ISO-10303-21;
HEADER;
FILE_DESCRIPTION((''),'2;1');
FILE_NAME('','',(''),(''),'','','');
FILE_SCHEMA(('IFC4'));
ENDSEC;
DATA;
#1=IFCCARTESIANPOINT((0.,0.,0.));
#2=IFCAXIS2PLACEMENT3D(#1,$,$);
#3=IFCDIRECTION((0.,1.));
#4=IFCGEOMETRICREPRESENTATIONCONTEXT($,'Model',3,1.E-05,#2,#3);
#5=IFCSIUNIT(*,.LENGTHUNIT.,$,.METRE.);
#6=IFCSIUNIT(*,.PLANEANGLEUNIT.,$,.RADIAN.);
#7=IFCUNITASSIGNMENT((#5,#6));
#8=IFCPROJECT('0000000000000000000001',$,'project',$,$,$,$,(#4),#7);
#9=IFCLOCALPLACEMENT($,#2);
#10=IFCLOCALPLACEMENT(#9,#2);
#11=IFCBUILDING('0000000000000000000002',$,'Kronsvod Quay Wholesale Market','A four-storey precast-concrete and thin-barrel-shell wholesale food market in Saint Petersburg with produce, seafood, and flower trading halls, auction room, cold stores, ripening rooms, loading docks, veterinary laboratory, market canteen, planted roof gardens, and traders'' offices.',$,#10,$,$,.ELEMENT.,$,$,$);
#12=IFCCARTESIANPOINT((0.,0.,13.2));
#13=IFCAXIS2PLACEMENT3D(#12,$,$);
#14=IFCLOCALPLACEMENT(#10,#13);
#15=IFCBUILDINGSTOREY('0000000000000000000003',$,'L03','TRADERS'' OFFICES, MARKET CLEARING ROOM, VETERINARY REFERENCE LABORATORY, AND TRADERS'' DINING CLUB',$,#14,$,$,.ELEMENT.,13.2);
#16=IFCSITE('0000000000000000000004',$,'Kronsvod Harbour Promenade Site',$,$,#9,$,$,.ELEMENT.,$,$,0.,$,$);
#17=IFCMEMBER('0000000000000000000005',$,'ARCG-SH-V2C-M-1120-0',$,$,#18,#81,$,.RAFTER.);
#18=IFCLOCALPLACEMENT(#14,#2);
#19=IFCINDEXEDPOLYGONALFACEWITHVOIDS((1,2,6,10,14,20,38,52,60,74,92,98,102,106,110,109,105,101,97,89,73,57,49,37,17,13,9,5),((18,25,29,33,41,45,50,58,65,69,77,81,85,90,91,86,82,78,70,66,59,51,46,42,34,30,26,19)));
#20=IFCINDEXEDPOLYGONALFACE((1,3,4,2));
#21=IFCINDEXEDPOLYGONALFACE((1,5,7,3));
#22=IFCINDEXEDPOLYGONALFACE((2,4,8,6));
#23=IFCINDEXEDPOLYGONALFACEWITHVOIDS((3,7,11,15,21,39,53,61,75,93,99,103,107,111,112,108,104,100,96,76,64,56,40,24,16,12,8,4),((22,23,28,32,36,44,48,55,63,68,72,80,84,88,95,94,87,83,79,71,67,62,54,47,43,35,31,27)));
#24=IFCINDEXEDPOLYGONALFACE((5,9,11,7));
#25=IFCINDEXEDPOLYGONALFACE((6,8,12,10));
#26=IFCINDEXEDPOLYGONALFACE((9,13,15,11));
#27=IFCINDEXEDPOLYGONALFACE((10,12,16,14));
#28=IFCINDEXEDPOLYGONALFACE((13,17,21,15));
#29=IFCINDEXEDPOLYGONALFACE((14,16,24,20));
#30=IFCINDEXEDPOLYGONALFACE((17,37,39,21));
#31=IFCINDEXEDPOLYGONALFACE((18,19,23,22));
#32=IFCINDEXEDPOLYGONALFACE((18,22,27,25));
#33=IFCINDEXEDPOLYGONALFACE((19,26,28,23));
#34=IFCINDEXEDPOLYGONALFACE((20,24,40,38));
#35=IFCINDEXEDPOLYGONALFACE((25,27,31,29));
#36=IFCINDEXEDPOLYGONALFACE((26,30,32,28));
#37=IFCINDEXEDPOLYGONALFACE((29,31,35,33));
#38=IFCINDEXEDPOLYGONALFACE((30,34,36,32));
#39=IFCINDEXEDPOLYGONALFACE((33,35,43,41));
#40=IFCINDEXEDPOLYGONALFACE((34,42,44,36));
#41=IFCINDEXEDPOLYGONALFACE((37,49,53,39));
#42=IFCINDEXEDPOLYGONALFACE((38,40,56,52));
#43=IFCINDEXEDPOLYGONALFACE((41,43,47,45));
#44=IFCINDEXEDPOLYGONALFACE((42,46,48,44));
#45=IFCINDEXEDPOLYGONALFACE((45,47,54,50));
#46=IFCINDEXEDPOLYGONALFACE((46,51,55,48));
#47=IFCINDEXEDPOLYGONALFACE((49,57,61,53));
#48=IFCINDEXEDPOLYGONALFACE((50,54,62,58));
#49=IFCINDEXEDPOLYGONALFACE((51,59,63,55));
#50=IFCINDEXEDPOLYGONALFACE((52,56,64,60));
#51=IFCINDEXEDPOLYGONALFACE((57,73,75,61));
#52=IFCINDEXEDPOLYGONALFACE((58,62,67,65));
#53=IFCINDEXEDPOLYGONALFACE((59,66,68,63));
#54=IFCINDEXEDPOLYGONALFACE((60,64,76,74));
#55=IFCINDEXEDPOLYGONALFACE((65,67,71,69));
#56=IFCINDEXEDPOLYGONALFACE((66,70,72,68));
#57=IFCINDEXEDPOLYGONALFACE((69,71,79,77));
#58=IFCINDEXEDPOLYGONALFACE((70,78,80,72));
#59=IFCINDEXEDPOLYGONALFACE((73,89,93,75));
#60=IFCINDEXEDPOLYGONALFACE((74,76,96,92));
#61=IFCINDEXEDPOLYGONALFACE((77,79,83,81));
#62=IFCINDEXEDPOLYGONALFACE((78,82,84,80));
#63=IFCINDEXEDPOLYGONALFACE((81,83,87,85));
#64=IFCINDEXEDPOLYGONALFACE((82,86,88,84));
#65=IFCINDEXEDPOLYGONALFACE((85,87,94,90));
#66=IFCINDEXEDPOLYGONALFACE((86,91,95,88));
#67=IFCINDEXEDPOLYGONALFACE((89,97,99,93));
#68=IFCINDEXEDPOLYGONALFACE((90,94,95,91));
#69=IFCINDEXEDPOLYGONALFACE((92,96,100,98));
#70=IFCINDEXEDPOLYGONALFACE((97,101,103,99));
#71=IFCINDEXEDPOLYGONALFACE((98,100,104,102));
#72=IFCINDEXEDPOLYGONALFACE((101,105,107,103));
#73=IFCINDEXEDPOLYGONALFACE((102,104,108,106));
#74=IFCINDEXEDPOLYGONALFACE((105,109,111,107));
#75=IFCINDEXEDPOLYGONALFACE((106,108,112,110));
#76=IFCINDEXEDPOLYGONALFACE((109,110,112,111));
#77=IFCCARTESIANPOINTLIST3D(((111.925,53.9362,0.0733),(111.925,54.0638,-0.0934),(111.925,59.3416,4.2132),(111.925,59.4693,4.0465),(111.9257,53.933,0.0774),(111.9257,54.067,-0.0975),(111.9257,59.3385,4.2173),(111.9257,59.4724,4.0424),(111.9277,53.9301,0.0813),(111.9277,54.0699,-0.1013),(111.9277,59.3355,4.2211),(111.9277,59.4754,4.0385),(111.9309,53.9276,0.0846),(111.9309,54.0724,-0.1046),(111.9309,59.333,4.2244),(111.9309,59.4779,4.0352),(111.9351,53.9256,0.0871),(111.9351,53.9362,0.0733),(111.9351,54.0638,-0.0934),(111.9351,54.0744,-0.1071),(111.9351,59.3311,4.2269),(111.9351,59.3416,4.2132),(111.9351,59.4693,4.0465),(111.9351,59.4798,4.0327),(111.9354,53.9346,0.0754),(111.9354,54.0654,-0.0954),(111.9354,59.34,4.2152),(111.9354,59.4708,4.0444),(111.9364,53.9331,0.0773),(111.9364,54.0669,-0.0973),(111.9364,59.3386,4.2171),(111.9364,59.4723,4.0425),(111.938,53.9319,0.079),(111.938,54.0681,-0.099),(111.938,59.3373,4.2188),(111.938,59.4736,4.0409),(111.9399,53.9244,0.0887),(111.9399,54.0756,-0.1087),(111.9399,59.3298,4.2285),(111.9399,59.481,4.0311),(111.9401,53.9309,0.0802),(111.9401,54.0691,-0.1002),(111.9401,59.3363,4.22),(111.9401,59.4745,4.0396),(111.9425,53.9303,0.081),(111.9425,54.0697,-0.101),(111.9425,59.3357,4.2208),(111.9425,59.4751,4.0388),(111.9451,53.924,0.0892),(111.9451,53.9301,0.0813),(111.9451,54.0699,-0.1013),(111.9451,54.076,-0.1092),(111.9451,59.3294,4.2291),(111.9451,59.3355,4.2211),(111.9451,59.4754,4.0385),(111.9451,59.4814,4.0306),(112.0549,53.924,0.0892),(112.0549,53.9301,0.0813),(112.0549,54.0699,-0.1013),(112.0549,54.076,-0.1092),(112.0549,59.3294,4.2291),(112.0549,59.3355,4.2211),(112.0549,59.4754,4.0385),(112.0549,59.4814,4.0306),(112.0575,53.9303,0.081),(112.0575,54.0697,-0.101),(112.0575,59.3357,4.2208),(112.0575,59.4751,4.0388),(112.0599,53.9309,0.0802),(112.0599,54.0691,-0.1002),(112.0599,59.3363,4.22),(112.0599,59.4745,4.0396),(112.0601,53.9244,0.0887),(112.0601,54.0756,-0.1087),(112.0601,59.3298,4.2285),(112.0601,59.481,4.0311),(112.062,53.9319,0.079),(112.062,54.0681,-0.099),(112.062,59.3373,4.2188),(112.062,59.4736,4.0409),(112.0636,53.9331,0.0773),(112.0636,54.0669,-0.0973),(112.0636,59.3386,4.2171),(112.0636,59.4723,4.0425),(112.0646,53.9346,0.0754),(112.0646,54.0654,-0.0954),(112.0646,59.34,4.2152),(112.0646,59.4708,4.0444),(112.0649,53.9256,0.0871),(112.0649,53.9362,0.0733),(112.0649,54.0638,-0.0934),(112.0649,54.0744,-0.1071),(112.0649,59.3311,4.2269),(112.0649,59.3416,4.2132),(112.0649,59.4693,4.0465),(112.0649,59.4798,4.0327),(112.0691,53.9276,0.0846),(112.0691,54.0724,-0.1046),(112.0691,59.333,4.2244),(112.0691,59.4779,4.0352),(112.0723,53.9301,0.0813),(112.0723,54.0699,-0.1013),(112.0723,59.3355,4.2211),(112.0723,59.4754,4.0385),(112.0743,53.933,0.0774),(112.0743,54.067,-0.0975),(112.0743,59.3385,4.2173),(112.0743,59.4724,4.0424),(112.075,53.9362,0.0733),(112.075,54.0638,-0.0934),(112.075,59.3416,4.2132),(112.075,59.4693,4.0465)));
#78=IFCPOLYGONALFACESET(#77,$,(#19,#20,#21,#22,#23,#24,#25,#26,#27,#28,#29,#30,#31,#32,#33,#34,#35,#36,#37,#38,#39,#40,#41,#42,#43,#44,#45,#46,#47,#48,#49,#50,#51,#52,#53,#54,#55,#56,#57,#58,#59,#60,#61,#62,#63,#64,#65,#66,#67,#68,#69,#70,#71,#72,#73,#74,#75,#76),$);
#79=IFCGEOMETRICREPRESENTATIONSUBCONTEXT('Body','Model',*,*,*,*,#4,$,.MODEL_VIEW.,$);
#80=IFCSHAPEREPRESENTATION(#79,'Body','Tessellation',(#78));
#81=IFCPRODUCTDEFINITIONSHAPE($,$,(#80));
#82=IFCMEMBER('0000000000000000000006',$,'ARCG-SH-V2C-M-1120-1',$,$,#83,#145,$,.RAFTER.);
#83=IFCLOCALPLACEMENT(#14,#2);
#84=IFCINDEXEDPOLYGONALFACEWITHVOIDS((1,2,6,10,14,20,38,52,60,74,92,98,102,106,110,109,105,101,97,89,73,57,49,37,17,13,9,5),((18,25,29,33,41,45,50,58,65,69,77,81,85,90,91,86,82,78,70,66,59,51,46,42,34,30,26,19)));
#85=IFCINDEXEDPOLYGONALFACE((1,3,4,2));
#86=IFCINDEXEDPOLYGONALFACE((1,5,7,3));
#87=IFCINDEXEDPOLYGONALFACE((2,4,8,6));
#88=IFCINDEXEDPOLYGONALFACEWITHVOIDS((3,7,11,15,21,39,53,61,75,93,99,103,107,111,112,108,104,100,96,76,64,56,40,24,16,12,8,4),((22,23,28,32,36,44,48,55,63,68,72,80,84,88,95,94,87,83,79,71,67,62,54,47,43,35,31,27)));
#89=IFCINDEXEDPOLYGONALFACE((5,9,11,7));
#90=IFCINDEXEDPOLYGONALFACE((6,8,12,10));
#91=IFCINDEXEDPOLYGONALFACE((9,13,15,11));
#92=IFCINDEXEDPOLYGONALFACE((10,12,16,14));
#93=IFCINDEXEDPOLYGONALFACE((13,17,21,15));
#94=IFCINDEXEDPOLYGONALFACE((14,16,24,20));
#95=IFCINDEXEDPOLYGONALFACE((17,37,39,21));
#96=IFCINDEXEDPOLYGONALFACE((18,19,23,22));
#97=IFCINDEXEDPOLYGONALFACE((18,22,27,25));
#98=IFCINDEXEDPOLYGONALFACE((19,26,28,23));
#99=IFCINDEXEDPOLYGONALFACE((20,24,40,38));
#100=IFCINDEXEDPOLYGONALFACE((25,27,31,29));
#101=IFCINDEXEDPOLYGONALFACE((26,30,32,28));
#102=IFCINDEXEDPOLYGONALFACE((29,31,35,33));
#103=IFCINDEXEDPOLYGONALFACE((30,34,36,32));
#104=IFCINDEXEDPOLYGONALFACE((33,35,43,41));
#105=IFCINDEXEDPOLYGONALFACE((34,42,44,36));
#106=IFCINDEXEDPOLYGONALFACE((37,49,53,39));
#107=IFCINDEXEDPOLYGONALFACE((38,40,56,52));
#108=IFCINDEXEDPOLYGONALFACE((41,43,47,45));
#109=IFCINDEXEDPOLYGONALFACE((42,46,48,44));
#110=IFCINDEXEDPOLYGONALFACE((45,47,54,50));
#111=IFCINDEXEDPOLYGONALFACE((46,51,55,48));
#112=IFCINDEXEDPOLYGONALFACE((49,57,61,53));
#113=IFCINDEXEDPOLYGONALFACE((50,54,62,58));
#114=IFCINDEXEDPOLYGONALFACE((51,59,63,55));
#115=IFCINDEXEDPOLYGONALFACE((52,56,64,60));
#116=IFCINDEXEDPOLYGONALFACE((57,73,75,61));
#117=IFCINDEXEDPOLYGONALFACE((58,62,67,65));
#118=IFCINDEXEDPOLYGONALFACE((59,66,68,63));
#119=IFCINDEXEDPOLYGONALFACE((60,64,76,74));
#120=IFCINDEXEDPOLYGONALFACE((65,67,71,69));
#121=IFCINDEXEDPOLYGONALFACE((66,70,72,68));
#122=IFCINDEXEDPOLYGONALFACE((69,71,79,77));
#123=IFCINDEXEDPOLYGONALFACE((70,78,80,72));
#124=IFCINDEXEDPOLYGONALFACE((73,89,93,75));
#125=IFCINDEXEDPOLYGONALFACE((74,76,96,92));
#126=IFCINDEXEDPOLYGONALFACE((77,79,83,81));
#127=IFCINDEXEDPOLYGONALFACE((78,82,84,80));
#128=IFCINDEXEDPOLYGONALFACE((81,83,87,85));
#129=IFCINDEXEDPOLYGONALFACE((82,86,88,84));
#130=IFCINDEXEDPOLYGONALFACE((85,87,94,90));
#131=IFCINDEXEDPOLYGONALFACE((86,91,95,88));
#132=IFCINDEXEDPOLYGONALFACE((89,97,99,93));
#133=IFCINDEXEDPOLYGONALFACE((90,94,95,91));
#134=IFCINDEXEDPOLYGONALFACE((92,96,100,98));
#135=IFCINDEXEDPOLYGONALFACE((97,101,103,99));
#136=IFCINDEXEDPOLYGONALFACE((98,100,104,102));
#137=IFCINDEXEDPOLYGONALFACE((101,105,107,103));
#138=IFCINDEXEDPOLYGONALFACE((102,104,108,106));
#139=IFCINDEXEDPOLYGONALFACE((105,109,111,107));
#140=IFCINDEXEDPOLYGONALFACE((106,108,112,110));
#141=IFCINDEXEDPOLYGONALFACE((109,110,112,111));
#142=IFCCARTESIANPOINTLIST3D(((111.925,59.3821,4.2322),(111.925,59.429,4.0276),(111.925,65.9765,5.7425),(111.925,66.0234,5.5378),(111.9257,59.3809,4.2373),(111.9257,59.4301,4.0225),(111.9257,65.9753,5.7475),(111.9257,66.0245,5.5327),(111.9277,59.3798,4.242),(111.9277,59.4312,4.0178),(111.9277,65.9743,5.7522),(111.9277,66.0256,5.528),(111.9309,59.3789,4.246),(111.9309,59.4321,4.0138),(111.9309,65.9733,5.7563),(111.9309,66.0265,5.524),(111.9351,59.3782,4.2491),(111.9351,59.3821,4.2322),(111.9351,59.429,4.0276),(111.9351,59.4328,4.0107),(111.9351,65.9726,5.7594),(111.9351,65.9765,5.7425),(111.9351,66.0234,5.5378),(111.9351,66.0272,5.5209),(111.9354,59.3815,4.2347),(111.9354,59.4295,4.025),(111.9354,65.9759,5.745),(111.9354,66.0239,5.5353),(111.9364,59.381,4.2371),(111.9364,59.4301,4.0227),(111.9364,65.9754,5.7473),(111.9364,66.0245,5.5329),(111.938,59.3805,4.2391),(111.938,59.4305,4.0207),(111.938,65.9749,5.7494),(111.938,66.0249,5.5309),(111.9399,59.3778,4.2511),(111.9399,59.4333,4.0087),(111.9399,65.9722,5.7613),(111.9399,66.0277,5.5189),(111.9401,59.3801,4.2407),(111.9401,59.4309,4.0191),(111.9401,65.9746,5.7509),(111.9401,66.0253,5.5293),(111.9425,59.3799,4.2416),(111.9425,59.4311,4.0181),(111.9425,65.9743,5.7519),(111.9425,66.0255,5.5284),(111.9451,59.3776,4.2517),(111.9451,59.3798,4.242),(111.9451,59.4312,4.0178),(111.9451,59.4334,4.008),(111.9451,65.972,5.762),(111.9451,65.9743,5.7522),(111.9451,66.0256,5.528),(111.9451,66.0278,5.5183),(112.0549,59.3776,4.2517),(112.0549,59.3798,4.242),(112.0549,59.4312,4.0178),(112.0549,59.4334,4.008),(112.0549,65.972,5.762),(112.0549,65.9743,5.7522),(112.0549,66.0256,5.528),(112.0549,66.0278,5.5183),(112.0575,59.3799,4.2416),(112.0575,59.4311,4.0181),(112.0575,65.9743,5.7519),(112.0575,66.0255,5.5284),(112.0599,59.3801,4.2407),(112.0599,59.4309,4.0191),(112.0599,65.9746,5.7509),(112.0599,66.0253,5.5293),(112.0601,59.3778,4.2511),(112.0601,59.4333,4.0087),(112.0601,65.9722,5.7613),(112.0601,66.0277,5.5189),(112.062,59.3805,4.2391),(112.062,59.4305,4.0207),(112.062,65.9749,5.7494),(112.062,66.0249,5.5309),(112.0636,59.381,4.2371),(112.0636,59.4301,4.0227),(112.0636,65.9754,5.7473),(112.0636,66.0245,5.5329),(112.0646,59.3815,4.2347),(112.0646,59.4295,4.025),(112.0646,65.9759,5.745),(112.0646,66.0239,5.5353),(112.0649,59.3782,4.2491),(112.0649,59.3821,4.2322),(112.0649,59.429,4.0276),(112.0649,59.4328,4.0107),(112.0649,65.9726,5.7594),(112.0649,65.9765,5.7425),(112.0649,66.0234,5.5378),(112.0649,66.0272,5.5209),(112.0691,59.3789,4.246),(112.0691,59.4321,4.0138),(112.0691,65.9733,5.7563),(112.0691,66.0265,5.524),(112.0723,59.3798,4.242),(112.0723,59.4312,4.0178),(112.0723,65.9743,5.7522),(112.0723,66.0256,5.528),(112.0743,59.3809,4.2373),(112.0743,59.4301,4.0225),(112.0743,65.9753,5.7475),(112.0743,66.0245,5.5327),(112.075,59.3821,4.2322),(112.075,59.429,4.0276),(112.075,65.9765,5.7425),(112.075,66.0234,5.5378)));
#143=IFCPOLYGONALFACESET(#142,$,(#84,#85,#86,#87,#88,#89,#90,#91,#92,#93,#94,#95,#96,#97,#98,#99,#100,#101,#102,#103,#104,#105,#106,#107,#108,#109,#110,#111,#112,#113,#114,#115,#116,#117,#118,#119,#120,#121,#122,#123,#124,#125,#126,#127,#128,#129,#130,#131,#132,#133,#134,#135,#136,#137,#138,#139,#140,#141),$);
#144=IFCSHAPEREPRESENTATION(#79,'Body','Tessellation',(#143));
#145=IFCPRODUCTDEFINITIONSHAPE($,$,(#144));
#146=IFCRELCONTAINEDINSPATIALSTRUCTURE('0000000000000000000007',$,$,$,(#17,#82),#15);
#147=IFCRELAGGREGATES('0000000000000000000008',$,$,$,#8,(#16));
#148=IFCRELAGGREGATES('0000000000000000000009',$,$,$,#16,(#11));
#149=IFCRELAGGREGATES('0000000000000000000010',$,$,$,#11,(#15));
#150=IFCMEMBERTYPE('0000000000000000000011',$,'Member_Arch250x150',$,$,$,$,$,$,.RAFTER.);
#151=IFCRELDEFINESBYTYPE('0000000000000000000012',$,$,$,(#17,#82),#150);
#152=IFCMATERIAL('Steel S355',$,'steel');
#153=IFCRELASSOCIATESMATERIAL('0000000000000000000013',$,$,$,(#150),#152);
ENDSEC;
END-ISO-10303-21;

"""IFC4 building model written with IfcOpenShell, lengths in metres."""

from ifc_helpers import new_model, si_unit, direction, frame, origin, origin_2d, place, context, subcontext, project, spatial, hollow_rectangle, extrude, material, material_profile, profile_set, type_object, element, save


model = new_model("IFC4")

# Units and contexts
model_context = context("Model", 3, precision=1e-05, world=origin(), true_north=direction((0.0, 1.0)))
body_context = subcontext(model_context, "Body", "Model", "MODEL_VIEW")
ifc_project = project(units=[si_unit("LENGTHUNIT", "METRE"), si_unit("PLANEANGLEUNIT", "RADIAN")], contexts=[model_context])

# Site, building, storey
site_placement = place(None, origin())
site = spatial("IfcSite", under=ifc_project, at=site_placement, Name="Kronsvod Harbour Promenade Site", CompositionType="ELEMENT", RefElevation=0.0)
building_placement = place(site_placement, origin())
building = spatial("IfcBuilding", under=site, at=building_placement, Name="Kronsvod Quay Wholesale Market", Description="A four-storey precast-concrete and thin-barrel-shell wholesale food market in Saint Petersburg with produce, seafood, and flower trading halls, auction room, cold stores, ripening rooms, loading docks, veterinary laboratory, market canteen, planted roof gardens, and traders' offices.", CompositionType="ELEMENT")
storey_placement = place(building_placement, frame((0.0, 0.0, 13.2)))
storey = spatial("IfcBuildingStorey", under=building, at=storey_placement, Name="L03", Description="TRADERS' OFFICES, MARKET CLEARING ROOM, VETERINARY REFERENCE LABORATORY, AND TRADERS' DINING CLUB", CompositionType="ELEMENT", Elevation=13.2)

# Members
ifc_material_1 = material(Name="Steel S355", Category="steel")
ifc_material_profile_1 = material_profile(ifc_material_1, hollow_rectangle(XDim=0.1499, YDim=0.25, WallThickness=0.01, InnerFilletRadius=0.01, OuterFilletRadius=0.02, at=origin_2d()), Name="RHS250x150x10")
ifc_profile_set_1 = profile_set([ifc_material_profile_1], Name="Steel S355")
member_type_1 = type_object("IfcMemberType", Name="Member_Arch250x150", PredefinedType="RAFTER", material=ifc_profile_set_1)
member_1_placement = place(storey_placement, frame((112.0, 54.0, -0.01), z_axis=(0.0, 0.793914, 0.60803), x_axis=(-1.0, 0.0, 0.0)))
element("IfcMember", 1, at=member_1_placement, inside=storey, type_object=member_type_1, Name="ARCG-SH-V2C-M-1120-0", PredefinedType="RAFTER", context=body_context, shape_type="SweptSolid", body=[
    extrude(hollow_rectangle(XDim=0.1499, YDim=0.25, WallThickness=0.01, InnerFilletRadius=0.01, OuterFilletRadius=0.02, at=origin_2d()), origin(), (0.0, 0.0, 1.0), 6.8086),
])
for number, where, z_axis, x_axis, name in (
    (2, (112.0, 59.4055, 4.1299), (0.0, 0.974764, 0.223238), (-1.0, 0.0, 0.0), "ARCG-SH-V2C-M-1120-1"),
):
    element("IfcMember", number, at=place(storey_placement, frame(where, z_axis=z_axis, x_axis=x_axis)), inside=storey, type_object=member_type_1, Name=name, PredefinedType="RAFTER", context=body_context, shape_type="SweptSolid", body=[
        extrude(hollow_rectangle(XDim=0.1499, YDim=0.25, WallThickness=0.01, InnerFilletRadius=0.01, OuterFilletRadius=0.02, at=origin_2d()), origin(), (0.0, 0.0, 1.0), 6.7651),
    ])

save(model, "model.ifc")
